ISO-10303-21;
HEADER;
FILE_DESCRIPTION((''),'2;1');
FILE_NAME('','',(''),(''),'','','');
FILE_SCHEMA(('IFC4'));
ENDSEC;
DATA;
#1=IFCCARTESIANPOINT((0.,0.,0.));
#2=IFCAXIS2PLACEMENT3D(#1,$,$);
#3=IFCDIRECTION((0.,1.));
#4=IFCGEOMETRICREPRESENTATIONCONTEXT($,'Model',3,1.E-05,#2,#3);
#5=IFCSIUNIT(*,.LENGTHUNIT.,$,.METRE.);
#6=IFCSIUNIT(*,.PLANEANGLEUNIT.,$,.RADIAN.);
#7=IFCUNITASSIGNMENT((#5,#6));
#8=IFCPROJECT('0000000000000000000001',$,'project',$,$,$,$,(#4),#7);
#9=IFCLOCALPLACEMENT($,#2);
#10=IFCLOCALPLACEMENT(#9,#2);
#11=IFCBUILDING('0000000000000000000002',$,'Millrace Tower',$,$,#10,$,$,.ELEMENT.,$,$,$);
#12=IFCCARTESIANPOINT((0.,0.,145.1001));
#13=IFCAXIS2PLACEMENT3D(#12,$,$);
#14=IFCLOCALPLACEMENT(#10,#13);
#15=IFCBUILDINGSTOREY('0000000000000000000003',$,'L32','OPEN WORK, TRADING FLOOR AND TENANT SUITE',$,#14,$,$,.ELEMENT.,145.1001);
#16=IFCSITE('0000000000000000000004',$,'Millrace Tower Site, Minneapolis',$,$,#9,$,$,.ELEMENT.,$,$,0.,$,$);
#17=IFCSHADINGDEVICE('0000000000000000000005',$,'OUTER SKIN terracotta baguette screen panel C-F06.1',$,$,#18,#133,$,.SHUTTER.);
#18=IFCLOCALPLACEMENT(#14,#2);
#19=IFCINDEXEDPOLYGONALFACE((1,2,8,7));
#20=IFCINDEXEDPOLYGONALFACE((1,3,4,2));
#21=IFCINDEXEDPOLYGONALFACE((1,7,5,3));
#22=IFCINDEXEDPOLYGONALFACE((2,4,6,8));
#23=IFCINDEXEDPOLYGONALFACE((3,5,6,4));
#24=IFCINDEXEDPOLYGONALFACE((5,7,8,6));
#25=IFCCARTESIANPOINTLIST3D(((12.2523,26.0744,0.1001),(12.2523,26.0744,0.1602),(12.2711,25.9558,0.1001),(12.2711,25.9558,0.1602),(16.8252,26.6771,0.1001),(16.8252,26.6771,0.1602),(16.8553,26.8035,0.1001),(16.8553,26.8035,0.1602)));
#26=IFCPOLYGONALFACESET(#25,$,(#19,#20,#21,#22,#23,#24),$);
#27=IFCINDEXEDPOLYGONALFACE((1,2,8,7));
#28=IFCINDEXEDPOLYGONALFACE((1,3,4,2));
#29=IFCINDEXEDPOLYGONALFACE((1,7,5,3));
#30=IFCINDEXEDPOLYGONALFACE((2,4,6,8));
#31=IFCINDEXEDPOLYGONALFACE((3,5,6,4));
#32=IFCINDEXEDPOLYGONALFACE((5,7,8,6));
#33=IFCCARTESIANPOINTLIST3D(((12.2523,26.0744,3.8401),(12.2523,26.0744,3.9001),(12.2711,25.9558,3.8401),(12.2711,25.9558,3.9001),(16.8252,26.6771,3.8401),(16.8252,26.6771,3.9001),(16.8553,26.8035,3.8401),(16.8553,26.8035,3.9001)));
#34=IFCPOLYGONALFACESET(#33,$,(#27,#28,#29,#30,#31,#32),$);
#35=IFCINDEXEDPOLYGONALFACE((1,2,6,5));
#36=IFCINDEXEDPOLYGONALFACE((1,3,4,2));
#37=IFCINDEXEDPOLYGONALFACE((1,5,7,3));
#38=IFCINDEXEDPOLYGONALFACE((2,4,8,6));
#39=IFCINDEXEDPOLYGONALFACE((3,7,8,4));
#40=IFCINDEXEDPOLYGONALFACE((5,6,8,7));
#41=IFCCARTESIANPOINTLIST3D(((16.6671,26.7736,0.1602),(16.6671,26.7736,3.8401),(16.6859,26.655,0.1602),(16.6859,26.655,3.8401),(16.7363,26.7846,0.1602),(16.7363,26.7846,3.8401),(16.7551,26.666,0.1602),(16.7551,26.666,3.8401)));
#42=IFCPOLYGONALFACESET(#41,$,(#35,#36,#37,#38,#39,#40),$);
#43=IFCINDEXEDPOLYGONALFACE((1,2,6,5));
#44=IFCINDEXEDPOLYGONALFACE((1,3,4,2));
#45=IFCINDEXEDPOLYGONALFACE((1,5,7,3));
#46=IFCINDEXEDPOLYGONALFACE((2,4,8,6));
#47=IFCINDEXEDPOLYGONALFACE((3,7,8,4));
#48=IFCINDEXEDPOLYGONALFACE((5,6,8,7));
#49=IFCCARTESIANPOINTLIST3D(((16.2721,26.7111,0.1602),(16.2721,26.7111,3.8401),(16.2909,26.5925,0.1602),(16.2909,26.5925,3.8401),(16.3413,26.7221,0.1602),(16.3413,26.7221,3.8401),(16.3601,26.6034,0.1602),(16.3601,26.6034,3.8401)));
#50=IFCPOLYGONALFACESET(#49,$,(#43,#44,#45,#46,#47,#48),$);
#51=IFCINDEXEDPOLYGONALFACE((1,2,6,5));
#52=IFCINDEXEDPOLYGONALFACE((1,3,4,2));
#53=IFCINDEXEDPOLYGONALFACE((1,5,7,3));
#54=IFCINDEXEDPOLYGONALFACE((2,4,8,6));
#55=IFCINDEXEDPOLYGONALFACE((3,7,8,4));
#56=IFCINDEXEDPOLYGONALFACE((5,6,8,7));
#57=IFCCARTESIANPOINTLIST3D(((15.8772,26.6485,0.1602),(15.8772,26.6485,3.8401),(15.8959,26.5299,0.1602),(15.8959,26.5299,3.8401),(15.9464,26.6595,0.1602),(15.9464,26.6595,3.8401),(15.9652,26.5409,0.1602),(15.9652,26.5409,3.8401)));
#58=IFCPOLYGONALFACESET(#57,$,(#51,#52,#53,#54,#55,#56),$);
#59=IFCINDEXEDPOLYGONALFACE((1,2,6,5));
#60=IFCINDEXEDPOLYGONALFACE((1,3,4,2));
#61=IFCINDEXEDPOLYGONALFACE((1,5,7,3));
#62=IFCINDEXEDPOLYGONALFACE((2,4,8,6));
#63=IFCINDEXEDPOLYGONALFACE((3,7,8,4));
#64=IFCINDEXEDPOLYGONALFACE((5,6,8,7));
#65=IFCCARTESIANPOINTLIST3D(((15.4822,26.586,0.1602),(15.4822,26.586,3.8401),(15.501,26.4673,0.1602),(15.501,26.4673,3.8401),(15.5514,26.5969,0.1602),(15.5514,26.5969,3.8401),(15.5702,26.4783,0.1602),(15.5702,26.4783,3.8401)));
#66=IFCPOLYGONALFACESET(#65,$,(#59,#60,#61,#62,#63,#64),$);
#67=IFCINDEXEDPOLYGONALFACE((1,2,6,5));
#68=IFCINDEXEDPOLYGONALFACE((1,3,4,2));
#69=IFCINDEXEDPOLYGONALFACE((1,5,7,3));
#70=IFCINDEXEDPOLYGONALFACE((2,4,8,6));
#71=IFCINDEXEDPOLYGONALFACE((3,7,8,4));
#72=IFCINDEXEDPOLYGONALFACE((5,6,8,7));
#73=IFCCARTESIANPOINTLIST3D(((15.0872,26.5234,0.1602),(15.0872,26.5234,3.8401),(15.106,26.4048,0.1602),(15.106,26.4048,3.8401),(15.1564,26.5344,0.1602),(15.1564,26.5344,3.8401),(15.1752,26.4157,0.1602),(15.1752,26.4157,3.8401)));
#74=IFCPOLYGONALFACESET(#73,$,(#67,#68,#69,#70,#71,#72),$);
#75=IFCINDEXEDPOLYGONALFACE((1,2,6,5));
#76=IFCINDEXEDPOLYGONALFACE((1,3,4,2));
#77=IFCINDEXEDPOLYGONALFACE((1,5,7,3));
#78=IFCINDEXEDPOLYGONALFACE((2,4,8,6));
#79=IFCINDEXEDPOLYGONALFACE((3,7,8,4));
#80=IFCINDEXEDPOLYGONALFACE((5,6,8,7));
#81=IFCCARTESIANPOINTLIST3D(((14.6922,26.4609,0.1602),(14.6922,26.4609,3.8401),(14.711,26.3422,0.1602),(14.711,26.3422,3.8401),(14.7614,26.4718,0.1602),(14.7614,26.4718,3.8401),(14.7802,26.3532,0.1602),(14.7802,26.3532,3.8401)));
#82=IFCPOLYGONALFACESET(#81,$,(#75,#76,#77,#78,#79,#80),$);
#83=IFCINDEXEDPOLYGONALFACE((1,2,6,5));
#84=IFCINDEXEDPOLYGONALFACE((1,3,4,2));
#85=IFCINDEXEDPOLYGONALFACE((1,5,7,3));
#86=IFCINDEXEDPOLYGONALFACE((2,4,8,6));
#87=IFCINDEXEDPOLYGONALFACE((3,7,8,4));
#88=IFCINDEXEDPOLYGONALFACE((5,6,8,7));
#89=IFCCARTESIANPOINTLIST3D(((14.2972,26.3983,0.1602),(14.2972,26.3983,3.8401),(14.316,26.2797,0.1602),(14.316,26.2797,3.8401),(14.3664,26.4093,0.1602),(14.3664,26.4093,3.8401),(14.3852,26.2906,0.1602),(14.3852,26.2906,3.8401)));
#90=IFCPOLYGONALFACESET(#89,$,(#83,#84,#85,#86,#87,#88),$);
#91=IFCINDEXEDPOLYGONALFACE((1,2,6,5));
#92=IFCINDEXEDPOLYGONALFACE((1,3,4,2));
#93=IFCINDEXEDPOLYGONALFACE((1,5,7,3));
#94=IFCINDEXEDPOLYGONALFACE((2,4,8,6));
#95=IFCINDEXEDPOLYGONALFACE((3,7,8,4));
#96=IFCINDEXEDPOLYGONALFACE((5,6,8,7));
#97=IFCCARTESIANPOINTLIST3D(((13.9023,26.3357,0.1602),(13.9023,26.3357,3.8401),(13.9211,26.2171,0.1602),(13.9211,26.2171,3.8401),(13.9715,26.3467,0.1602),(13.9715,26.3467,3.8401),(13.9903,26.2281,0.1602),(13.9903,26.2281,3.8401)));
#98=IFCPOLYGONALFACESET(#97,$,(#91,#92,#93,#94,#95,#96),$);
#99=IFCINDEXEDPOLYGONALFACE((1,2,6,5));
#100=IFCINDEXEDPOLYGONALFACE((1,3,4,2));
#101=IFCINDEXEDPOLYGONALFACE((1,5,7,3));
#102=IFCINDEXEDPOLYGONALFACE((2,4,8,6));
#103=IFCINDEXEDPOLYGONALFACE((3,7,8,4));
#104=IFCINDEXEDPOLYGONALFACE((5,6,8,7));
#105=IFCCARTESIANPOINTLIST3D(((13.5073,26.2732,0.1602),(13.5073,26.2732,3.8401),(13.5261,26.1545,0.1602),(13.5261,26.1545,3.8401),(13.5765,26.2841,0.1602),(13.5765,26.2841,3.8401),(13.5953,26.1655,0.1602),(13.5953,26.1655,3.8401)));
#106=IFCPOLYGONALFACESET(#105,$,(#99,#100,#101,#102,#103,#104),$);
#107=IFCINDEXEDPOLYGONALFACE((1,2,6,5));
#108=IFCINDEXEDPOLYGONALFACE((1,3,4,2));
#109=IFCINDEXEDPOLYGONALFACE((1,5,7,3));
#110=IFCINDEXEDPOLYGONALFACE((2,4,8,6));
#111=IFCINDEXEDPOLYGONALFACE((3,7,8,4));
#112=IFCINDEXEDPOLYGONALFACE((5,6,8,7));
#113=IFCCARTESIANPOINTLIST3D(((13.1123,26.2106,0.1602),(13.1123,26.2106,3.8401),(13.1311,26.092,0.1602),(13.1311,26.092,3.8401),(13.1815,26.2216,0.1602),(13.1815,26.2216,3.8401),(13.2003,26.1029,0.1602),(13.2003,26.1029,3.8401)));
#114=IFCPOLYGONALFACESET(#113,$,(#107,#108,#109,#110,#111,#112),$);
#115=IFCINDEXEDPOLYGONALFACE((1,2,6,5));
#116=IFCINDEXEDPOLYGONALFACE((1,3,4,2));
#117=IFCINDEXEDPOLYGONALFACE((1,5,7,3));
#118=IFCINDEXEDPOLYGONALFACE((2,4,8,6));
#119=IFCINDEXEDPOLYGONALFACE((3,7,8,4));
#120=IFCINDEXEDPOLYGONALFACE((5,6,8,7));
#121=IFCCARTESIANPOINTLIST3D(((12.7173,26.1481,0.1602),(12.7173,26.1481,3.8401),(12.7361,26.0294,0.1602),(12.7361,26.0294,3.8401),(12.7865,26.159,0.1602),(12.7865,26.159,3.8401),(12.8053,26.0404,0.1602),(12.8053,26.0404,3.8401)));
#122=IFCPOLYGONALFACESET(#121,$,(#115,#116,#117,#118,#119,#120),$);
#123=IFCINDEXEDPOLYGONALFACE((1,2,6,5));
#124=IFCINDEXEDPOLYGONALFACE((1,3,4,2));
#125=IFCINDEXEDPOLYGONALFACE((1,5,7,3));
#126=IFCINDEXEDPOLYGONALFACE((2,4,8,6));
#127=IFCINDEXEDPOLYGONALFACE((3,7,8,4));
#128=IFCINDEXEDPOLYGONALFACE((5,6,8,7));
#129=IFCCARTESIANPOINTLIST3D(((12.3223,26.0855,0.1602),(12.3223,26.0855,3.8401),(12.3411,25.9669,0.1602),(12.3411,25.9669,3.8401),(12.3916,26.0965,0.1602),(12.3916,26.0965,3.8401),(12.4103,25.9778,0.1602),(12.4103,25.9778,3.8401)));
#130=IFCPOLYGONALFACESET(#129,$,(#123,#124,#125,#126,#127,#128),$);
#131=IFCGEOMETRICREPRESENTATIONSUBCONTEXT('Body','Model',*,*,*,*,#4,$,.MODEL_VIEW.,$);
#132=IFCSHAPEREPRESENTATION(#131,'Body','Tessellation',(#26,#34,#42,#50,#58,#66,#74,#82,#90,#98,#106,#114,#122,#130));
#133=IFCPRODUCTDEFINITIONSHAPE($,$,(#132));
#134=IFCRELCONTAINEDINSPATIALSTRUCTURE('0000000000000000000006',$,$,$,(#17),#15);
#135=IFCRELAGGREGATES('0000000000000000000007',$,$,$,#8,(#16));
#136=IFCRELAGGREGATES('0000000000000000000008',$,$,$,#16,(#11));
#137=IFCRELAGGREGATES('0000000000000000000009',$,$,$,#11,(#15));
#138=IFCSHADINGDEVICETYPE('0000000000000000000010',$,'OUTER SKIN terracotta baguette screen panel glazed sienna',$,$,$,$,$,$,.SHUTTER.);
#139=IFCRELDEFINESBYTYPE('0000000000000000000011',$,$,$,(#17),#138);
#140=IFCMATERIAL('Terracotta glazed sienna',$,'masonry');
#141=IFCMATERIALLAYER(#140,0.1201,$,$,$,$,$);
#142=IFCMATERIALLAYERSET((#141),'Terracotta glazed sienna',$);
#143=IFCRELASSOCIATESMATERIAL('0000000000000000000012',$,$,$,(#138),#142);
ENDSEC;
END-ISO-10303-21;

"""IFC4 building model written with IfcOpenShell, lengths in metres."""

from ifc_helpers import new_model, entity, si_unit, direction, frame, frame_2d, origin, place, context, subcontext, project, spatial, rectangle, extrude, source, transform, mapped, material, layer, layer_set, type_object, element, save


model = new_model("IFC4")

# Units and contexts
model_context = context("Model", 3, precision=1e-05, world=origin(), true_north=direction((0.0, 1.0)))
body_context = subcontext(model_context, "Body", "Model", "MODEL_VIEW")
ifc_project = project(units=[si_unit("LENGTHUNIT", "METRE"), si_unit("PLANEANGLEUNIT", "RADIAN")], contexts=[model_context])

# Site, building, storey
site_placement = place(None, origin())
site = spatial("IfcSite", under=ifc_project, at=site_placement, Name="Millrace Tower Site, Minneapolis", CompositionType="ELEMENT", RefElevation=0.0)
building_placement = place(site_placement, origin())
building = spatial("IfcBuilding", under=site, at=building_placement, Name="Millrace Tower", CompositionType="ELEMENT")
storey_placement = place(building_placement, frame((0.0, 0.0, 145.1001)))
storey = spatial("IfcBuildingStorey", under=building, at=storey_placement, Name="L32", Description="OPEN WORK, TRADING FLOOR AND TENANT SUITE", CompositionType="ELEMENT", Elevation=145.1001)

# Shading device
ifc_material_1 = material(Name="Terracotta glazed sienna", Category="masonry")
ifc_layer_1 = layer(ifc_material_1, 0.1201)
ifc_layer_set_1 = layer_set([ifc_layer_1], Name="Terracotta glazed sienna")
shading_device_type = type_object("IfcShadingDeviceType", Name="OUTER SKIN terracotta baguette screen panel glazed sienna", PredefinedType="SHUTTER", material=ifc_layer_set_1)
cartesian_point_1 = entity("IfcCartesianPoint", [-2.293, 0.0601])
shared_polyline_1 = entity("IfcPolyline", [cartesian_point_1, entity("IfcCartesianPoint", [2.3179, 0.0601]), entity("IfcCartesianPoint", [2.3179, -0.0601]), entity("IfcCartesianPoint", [-2.3425, -0.0601]), cartesian_point_1])
shared_shape_1 = source(origin(), body_context, "Body", "SweptSolid", [
    entity("IfcExtrudedAreaSolid", entity("IfcArbitraryClosedProfileDef", "AREA", None, shared_polyline_1), entity("IfcAxis2Placement3D", entity("IfcCartesianPoint", [0.0, 0.0, 0.0])), entity("IfcDirection", [0.0, 0.0, 1.0]), 0.0601),
    entity("IfcExtrudedAreaSolid", entity("IfcArbitraryClosedProfileDef", "AREA", None, shared_polyline_1), entity("IfcAxis2Placement3D", entity("IfcCartesianPoint", [0.0, 0.0, 3.74])), entity("IfcDirection", [0.0, 0.0, 1.0]), 0.0601),
    extrude(rectangle(XDim=0.0701, YDim=0.1201, at=frame_2d((-2.187, 0.0))), frame((0.0, 0.0, 0.0601)), (0.0, 0.0, 1.0), 3.6799),
    extrude(rectangle(XDim=0.0701, YDim=0.1201, at=frame_2d((-1.7871, 0.0))), frame((0.0, 0.0, 0.0601)), (0.0, 0.0, 1.0), 3.6799),
    extrude(rectangle(XDim=0.0701, YDim=0.1201, at=frame_2d((-1.3872, 0.0))), frame((0.0, 0.0, 0.0601)), (0.0, 0.0, 1.0), 3.6799),
    extrude(rectangle(XDim=0.0701, YDim=0.1201, at=frame_2d((-0.9873, 0.0))), frame((0.0, 0.0, 0.0601)), (0.0, 0.0, 1.0), 3.6799),
    extrude(rectangle(XDim=0.0701, YDim=0.1201, at=frame_2d((-0.5874, 0.0))), frame((0.0, 0.0, 0.0601)), (0.0, 0.0, 1.0), 3.6799),
    extrude(rectangle(XDim=0.0701, YDim=0.1201, at=frame_2d((-0.1875, 0.0))), frame((0.0, 0.0, 0.0601)), (0.0, 0.0, 1.0), 3.6799),
    extrude(rectangle(XDim=0.0701, YDim=0.1201, at=frame_2d((0.2124, 0.0))), frame((0.0, 0.0, 0.0601)), (0.0, 0.0, 1.0), 3.6799),
    extrude(rectangle(XDim=0.0701, YDim=0.1201, at=frame_2d((0.6123, 0.0))), frame((0.0, 0.0, 0.0601)), (0.0, 0.0, 1.0), 3.6799),
    extrude(rectangle(XDim=0.0701, YDim=0.1201, at=frame_2d((1.0122, 0.0))), frame((0.0, 0.0, 0.0601)), (0.0, 0.0, 1.0), 3.6799),
    extrude(rectangle(XDim=0.0701, YDim=0.1201, at=frame_2d((1.4121, 0.0))), frame((0.0, 0.0, 0.0601)), (0.0, 0.0, 1.0), 3.6799),
    extrude(rectangle(XDim=0.0701, YDim=0.1201, at=frame_2d((1.812, 0.0))), frame((0.0, 0.0, 0.0601)), (0.0, 0.0, 1.0), 3.6799),
    extrude(rectangle(XDim=0.0701, YDim=0.1201, at=frame_2d((2.2119, 0.0))), frame((0.0, 0.0, 0.0601)), (0.0, 0.0, 1.0), 3.6799),
])
shading_device_placement = place(storey_placement, frame((14.551, 26.3777, 0.1001), z_axis=(0.0, 0.0, 1.0), x_axis=(-0.987688, -0.156434, 0.0)))
element("IfcShadingDevice", 1, at=shading_device_placement, inside=storey, type_object=shading_device_type, Name="OUTER SKIN terracotta baguette screen panel C-F06.1", PredefinedType="SHUTTER", context=body_context, shape_type="MappedRepresentation", body=[
    mapped(shared_shape_1, transform((0.0, 0.0, 0.0), scale=1.0)),
])

save(model, "model.ifc")
